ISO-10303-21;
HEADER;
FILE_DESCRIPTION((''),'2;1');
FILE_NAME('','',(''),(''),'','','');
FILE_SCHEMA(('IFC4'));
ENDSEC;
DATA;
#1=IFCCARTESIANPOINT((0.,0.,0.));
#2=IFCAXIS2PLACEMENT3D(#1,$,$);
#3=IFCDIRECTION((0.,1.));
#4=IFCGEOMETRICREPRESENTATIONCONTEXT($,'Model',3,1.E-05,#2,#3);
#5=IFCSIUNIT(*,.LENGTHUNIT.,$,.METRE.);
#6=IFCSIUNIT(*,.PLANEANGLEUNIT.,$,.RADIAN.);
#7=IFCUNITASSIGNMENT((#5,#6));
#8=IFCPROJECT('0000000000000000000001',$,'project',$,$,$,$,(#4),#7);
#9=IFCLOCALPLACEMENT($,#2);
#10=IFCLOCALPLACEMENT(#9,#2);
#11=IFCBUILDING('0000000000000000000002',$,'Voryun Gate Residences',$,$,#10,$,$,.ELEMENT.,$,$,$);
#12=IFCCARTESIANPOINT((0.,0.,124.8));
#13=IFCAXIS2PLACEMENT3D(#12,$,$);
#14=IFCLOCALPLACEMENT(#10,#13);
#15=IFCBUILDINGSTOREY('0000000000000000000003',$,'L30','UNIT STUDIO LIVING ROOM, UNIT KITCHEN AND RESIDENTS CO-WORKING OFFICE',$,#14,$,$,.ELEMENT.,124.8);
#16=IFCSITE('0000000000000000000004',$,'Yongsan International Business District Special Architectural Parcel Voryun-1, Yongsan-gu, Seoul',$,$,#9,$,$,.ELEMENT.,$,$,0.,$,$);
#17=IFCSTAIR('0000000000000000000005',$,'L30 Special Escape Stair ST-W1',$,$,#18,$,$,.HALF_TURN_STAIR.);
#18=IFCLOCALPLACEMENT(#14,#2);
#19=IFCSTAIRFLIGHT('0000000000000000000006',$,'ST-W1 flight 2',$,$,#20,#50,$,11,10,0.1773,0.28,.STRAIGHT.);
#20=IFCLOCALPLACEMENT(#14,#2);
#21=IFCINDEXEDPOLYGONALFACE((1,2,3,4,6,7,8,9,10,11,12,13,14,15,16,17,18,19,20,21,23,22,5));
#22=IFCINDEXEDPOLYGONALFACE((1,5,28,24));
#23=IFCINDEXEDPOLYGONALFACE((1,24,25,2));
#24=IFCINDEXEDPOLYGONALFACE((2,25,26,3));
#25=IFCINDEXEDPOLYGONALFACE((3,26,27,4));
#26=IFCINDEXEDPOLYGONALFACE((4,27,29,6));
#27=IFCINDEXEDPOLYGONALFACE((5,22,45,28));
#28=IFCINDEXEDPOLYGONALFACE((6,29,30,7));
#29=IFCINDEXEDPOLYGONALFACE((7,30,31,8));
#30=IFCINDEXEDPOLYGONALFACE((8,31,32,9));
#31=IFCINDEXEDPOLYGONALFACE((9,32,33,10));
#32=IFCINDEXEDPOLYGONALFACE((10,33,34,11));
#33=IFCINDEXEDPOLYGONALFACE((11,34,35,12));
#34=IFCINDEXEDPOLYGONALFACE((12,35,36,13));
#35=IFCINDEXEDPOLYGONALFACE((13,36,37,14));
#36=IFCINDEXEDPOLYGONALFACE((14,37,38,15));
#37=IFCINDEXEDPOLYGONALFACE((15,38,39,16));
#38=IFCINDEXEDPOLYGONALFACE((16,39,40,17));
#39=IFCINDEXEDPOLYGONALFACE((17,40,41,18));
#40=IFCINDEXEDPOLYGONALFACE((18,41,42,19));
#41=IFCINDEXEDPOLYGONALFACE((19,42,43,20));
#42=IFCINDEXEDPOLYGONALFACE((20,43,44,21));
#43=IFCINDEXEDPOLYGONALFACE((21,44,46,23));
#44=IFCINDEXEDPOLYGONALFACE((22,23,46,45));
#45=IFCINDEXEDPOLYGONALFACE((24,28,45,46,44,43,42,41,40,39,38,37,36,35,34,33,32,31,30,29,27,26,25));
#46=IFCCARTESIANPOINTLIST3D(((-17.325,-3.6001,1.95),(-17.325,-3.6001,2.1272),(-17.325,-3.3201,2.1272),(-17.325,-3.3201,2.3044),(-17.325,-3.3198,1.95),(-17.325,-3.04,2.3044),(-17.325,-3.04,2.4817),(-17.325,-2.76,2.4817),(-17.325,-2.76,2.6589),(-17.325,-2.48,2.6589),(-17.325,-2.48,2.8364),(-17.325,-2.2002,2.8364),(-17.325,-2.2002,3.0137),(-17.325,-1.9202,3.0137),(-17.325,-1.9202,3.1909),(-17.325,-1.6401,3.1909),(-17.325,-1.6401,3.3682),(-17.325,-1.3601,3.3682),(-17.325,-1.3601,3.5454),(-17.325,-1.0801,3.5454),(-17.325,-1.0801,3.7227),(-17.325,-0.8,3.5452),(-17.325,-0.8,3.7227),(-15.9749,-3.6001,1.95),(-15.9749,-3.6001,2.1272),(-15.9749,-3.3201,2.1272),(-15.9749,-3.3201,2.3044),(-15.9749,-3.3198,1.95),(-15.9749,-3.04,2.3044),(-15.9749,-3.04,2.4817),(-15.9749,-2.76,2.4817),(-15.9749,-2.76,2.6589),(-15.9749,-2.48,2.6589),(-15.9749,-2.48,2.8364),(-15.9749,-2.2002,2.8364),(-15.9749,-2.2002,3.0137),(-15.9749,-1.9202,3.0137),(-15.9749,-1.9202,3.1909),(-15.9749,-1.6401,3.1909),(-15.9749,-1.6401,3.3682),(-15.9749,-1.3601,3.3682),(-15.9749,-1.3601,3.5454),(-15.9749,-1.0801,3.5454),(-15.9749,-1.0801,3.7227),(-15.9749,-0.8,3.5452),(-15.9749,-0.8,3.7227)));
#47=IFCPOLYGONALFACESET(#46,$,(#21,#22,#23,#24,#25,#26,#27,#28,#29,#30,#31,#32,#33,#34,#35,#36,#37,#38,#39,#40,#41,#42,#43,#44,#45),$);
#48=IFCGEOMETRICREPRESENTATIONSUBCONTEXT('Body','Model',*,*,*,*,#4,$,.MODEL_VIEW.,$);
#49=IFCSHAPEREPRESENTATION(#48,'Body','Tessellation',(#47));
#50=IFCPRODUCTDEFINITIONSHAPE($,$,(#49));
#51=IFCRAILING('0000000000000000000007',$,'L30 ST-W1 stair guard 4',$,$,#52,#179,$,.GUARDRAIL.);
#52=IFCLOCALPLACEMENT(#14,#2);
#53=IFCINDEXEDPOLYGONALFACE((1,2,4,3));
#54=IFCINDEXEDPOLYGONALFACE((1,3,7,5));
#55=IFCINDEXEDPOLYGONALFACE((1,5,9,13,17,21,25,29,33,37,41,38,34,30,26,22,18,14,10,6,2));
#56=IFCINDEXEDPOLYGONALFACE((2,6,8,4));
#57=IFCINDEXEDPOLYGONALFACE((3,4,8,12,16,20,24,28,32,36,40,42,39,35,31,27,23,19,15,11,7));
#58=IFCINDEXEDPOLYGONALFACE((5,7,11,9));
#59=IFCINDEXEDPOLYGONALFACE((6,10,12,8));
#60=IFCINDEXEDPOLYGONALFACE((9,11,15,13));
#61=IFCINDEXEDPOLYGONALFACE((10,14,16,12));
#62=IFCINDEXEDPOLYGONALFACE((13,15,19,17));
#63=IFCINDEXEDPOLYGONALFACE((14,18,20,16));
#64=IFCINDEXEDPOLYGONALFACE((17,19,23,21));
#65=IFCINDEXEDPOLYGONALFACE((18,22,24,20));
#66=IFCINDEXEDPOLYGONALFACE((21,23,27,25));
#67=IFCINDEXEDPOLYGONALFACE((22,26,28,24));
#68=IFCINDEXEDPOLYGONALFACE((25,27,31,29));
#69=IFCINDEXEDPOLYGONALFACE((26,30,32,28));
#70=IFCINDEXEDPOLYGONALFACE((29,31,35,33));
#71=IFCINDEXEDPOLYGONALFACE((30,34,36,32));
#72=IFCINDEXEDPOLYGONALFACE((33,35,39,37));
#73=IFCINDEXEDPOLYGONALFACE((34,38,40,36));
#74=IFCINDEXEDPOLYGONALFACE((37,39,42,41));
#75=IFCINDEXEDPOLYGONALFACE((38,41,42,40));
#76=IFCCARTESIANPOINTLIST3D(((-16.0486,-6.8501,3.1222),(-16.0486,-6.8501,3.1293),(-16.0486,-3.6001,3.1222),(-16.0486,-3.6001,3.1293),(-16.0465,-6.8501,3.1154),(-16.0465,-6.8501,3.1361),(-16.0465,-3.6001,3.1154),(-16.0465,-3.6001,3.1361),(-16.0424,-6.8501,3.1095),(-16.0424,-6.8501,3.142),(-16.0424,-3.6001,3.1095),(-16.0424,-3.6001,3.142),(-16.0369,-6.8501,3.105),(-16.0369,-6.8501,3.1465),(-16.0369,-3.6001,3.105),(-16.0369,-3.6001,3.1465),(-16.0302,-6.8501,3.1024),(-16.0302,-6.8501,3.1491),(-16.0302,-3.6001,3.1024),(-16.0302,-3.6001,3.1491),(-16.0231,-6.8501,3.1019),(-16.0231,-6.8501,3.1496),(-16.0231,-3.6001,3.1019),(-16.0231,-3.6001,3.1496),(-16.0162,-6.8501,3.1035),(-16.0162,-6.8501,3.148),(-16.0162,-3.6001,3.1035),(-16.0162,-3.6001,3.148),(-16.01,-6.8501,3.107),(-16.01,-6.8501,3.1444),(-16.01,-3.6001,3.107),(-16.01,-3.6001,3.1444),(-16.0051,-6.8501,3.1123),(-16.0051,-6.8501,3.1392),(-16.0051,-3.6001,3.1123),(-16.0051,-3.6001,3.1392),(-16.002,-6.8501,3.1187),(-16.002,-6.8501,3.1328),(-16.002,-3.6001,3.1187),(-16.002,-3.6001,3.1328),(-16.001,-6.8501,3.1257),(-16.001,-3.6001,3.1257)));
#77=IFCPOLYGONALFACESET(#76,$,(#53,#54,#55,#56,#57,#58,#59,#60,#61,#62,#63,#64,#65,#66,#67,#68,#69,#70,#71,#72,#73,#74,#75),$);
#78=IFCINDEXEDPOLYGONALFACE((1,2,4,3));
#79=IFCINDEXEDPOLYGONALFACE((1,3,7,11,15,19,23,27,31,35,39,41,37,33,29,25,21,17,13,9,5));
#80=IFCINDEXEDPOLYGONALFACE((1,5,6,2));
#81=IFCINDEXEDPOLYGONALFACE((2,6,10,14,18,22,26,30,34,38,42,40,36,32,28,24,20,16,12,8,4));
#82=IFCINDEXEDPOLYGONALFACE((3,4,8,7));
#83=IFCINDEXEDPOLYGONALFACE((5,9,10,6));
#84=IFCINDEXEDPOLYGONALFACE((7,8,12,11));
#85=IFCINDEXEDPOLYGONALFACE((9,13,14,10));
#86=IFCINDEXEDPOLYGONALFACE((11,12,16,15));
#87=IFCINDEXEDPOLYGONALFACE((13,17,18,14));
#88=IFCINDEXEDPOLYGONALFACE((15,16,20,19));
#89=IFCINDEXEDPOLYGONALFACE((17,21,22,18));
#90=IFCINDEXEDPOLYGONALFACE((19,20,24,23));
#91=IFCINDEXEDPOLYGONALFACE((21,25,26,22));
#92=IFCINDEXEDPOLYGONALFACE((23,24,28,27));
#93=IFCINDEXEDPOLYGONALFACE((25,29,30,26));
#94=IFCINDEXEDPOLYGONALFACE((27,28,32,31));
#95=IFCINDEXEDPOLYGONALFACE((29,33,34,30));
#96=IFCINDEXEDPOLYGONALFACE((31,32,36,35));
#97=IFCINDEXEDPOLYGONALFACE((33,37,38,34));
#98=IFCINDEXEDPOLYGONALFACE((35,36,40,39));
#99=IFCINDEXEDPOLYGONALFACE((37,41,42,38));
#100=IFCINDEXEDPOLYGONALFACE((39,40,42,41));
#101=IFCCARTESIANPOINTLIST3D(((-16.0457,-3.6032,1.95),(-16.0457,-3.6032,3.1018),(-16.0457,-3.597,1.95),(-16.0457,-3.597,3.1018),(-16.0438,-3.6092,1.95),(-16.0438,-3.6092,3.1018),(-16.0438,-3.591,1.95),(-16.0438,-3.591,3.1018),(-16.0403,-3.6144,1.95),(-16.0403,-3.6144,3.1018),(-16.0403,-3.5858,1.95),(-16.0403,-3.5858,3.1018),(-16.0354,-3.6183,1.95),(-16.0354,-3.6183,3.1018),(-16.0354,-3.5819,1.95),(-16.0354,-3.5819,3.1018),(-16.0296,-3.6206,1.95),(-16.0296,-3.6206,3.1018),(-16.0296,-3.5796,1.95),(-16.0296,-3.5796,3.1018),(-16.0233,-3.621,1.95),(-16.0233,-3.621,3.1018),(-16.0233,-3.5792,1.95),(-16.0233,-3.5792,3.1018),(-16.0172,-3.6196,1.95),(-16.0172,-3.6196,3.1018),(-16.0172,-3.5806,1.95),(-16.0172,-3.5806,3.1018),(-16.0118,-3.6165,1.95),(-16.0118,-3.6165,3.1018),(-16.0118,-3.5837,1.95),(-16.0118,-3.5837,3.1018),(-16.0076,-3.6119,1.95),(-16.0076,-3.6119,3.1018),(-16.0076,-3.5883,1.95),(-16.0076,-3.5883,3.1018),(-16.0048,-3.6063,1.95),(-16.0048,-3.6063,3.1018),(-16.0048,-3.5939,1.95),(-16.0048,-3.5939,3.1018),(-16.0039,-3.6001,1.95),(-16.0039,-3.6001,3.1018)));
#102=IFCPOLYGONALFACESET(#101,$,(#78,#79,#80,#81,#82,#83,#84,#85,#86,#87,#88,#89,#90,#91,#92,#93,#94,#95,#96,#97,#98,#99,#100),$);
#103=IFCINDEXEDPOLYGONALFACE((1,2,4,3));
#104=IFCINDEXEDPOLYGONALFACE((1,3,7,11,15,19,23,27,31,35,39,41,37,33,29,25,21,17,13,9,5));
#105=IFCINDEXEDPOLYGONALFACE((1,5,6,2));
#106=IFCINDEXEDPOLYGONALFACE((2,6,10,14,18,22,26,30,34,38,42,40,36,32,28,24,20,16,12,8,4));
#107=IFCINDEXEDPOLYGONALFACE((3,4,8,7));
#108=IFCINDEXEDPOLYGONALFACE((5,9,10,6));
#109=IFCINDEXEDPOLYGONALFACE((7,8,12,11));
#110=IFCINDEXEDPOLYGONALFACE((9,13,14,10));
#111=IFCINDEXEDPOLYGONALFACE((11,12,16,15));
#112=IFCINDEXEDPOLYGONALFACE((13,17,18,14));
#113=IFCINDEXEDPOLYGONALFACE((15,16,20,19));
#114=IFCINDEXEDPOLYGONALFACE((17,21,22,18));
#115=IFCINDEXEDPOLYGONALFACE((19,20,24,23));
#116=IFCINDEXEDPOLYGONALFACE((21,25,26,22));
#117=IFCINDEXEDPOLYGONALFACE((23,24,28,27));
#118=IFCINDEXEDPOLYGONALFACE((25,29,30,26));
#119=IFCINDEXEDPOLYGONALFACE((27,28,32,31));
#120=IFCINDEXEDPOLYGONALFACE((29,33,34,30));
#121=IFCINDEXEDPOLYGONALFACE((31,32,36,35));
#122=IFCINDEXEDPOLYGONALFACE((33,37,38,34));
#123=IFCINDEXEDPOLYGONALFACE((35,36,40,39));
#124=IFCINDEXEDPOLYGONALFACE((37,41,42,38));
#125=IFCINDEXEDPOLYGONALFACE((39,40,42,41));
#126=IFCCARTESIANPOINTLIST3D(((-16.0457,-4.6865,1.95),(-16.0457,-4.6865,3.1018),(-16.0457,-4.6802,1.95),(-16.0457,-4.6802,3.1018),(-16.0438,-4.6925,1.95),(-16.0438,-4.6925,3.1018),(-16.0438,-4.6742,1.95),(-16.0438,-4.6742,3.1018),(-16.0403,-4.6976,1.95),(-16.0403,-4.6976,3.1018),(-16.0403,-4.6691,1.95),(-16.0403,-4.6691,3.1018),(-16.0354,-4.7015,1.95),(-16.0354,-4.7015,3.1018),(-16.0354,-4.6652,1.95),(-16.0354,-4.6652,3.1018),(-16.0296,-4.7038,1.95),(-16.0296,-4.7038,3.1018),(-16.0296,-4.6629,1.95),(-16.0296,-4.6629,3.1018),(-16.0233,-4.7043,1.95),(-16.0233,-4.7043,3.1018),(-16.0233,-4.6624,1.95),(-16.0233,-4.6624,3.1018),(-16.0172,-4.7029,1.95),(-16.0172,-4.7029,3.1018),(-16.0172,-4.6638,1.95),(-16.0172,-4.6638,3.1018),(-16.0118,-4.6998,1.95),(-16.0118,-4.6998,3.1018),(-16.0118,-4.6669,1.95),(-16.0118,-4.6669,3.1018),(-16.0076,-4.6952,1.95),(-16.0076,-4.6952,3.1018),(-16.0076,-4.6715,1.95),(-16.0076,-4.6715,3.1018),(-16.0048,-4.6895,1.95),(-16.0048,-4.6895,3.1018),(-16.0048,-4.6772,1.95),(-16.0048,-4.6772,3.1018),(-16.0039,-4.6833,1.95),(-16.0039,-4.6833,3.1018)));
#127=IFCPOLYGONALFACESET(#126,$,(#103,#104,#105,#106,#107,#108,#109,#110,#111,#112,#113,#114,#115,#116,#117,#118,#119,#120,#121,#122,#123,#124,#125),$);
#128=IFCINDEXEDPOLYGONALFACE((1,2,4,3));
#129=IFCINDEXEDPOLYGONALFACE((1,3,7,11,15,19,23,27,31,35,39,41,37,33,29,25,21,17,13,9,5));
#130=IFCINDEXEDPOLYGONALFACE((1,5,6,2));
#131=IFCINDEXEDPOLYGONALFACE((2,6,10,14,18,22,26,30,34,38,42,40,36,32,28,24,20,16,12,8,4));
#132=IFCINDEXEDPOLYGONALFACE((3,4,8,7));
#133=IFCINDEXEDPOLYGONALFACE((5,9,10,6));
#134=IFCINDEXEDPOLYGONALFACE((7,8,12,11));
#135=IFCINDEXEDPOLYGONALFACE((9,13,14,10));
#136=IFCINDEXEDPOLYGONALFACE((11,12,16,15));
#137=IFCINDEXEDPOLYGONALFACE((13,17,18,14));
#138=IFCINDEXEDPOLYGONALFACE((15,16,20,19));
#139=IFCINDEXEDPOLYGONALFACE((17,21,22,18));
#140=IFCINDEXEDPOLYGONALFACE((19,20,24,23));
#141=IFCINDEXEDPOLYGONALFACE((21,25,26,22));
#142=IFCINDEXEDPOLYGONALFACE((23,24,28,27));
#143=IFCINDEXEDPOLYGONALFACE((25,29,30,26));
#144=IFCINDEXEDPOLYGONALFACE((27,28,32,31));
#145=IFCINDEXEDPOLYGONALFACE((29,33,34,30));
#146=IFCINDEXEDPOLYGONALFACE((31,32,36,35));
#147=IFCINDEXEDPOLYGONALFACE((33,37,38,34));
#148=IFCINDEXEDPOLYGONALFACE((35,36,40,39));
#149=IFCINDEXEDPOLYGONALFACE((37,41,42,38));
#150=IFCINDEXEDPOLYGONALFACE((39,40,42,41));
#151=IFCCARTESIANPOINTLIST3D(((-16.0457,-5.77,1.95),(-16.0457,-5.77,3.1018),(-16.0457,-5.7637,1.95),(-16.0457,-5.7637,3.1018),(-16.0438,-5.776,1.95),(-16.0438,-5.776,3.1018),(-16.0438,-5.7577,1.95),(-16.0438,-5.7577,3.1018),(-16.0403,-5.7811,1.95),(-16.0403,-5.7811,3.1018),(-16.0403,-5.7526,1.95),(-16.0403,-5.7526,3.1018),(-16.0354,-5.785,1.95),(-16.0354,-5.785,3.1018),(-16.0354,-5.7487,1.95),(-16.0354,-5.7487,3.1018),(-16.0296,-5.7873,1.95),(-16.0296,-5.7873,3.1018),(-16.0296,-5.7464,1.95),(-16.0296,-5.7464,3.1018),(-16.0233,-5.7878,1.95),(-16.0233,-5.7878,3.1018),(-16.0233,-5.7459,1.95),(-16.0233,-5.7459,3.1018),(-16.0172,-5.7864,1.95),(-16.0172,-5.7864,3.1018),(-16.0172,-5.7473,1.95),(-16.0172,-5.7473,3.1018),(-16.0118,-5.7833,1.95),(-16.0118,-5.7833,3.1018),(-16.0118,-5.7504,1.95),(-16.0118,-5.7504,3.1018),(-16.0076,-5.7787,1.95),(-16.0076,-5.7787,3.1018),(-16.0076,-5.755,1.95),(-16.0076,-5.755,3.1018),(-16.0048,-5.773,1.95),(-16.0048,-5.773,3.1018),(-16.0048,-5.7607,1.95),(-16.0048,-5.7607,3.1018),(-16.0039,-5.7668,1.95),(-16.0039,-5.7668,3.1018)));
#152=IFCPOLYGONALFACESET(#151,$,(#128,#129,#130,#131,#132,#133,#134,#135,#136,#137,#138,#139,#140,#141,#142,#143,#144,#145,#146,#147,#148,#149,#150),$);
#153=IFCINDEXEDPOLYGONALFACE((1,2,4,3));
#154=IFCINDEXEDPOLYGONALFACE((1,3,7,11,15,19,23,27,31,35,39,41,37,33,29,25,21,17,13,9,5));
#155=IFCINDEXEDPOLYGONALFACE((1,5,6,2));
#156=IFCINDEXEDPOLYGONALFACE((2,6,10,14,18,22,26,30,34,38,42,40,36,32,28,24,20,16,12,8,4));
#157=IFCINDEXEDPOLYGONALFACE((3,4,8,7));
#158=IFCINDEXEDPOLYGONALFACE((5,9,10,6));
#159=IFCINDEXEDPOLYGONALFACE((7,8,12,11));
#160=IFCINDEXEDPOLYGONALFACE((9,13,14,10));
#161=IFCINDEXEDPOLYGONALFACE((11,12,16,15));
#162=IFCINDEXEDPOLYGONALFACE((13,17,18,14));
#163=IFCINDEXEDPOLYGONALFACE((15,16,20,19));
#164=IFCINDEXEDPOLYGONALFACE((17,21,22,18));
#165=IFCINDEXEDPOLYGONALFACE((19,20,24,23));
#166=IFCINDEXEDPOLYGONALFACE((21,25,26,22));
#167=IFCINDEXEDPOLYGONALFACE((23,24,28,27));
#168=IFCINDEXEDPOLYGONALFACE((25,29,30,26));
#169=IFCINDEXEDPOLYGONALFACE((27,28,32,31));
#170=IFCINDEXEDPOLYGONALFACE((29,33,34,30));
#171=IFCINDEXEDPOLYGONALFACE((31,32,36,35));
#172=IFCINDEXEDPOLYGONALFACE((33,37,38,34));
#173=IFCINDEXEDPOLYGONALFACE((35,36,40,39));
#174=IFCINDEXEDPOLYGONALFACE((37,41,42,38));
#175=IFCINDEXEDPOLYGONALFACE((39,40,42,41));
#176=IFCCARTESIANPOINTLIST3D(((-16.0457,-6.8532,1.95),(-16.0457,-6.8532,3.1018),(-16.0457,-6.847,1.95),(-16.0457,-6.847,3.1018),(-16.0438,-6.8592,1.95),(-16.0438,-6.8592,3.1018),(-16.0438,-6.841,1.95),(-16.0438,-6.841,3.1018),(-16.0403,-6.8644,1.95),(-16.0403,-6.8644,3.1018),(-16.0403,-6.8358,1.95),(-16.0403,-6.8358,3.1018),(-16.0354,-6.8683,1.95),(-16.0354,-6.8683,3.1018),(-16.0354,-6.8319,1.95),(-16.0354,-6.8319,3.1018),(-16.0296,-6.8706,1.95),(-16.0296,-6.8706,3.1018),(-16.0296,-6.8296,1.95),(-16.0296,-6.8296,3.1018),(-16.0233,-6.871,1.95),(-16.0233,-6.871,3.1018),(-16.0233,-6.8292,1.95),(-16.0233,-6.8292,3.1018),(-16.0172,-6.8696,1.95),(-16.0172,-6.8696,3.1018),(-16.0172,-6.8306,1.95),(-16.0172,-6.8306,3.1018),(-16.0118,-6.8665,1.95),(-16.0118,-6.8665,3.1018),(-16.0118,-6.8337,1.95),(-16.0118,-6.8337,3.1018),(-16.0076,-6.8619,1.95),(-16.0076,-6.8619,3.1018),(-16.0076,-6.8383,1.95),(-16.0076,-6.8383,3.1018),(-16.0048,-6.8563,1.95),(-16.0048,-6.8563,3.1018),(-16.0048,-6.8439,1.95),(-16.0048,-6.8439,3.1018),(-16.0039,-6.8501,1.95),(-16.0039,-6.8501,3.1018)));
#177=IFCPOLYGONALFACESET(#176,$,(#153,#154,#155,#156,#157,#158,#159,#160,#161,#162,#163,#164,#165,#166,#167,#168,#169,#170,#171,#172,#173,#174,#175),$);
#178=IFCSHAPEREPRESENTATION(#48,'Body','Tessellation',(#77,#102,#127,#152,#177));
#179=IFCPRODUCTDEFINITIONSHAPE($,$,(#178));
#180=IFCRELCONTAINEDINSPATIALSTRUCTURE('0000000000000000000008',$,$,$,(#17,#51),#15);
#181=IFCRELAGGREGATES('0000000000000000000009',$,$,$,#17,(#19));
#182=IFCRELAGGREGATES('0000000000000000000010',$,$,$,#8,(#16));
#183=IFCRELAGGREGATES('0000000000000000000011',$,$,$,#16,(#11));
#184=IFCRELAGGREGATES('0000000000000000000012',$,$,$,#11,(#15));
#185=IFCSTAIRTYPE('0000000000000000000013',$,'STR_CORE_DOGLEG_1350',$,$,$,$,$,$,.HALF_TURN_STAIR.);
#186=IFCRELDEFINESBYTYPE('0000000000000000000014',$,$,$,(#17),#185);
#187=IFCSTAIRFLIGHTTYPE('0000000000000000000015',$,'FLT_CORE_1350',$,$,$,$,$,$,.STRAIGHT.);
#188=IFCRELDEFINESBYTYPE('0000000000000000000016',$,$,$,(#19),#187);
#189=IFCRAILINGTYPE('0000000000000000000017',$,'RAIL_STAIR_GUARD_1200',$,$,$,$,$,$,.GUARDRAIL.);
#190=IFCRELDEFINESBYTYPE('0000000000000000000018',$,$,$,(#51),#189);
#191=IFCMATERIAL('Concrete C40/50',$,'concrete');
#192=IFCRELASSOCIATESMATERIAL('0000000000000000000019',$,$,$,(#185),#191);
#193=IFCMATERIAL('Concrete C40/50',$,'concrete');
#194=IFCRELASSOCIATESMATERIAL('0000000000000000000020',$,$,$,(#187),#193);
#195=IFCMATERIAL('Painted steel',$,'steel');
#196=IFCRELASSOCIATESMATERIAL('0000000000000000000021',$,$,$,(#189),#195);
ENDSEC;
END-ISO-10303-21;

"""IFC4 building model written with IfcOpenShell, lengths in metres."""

from ifc_helpers import new_model, si_unit, direction, frame, origin, origin_2d, place, context, subcontext, project, spatial, polyline, circle, outline, extrude, material, type_object, element, aggregate, save


model = new_model("IFC4")

# Units and contexts
model_context = context("Model", 3, precision=1e-05, world=origin(), true_north=direction((0.0, 1.0)))
body_context = subcontext(model_context, "Body", "Model", "MODEL_VIEW")
ifc_project = project(units=[si_unit("LENGTHUNIT", "METRE"), si_unit("PLANEANGLEUNIT", "RADIAN")], contexts=[model_context])

# Site, building, storey
site_placement = place(None, origin())
site = spatial("IfcSite", under=ifc_project, at=site_placement, Name="Yongsan International Business District Special Architectural Parcel Voryun-1, Yongsan-gu, Seoul", CompositionType="ELEMENT", RefElevation=0.0)
building_placement = place(site_placement, origin())
building = spatial("IfcBuilding", under=site, at=building_placement, Name="Voryun Gate Residences", CompositionType="ELEMENT")
storey_placement = place(building_placement, frame((0.0, 0.0, 124.8)))
storey = spatial("IfcBuildingStorey", under=building, at=storey_placement, Name="L30", Description="UNIT STUDIO LIVING ROOM, UNIT KITCHEN AND RESIDENTS CO-WORKING OFFICE", CompositionType="ELEMENT", Elevation=124.8)

# Stair, stair flight
ifc_material_1 = material(Name="Concrete C40/50", Category="concrete")
stair_type = type_object("IfcStairType", Name="STR_CORE_DOGLEG_1350", PredefinedType="HALF_TURN_STAIR", material=ifc_material_1)
stair_placement = place(storey_placement, origin())
stair = element("IfcStair", 1, at=stair_placement, inside=storey, type_object=stair_type, Name="L30 Special Escape Stair ST-W1", PredefinedType="HALF_TURN_STAIR")
ifc_material_2 = material(Name="Concrete C40/50", Category="concrete")
stair_flight_type = type_object("IfcStairFlightType", Name="FLT_CORE_1350", PredefinedType="STRAIGHT", material=ifc_material_2)
stair_flight_placement = place(storey_placement, frame((-16.6499, -3.6001, 1.95), z_axis=(0.0, 0.0, 1.0), x_axis=(0.0, 1.0, 0.0)))
stair_flight = element("IfcStairFlight", 2, at=stair_flight_placement, type_object=stair_flight_type, Name="ST-W1 flight 2", NumberOfRisers=11, NumberOfTreads=10, PredefinedType="STRAIGHT", RiserHeight=0.1773, TreadLength=0.28, context=body_context, shape_type="SweptSolid", body=[
    extrude(outline(polyline([(0.0, 0.0), (0.0, 0.1772), (0.28, 0.1772), (0.28, 0.3545), (0.5601, 0.3545), (0.5601, 0.5317), (0.8401, 0.5317), (0.8401, 0.709), (1.1201, 0.709), (1.1201, 0.8865), (1.3999, 0.8865), (1.3999, 1.0637), (1.6799, 1.0637), (1.6799, 1.241), (1.96, 1.241), (1.96, 1.4182), (2.24, 1.4182), (2.24, 1.5955), (2.52, 1.5955), (2.52, 1.7727), (2.8, 1.7727), (2.8, 1.95), (2.8, 1.5952), (0.2803, 0.0), (0.0, 0.0)])), frame((0.0, 0.675, 0.0), z_axis=(0.0, -1.0, 0.0), x_axis=(1.0, 0.0, 0.0)), (0.0, 0.0, 1.0), 1.3501),
])
aggregate(stair, [stair_flight])

# Railing
ifc_material_3 = material(Name="Painted steel", Category="steel")
railing_type_1 = type_object("IfcRailingType", Name="RAIL_STAIR_GUARD_1200", PredefinedType="GUARDRAIL", material=ifc_material_3)
railing_1_placement = place(storey_placement, frame((-16.0249, -3.6001, 1.95)))
element("IfcRailing", 3, at=railing_1_placement, inside=storey, type_object=railing_type_1, Name="L30 ST-W1 stair guard 4", PredefinedType="GUARDRAIL", context=body_context, shape_type="SweptSolid", body=[
    extrude(circle(Radius=0.0239, at=origin_2d()), frame((0.0, 0.0, 1.1758), z_axis=(0.0, -1.0, 0.0), x_axis=(1.0, 0.0, 0.0)), (0.0, 0.0, 1.0), 3.25),
    extrude(circle(Radius=0.021, at=origin_2d()), origin(), (0.0, 0.0, 1.0), 1.1519),
    extrude(circle(Radius=0.021, at=origin_2d()), frame((0.0, -1.0833, 0.0)), (0.0, 0.0, 1.0), 1.1519),
    extrude(circle(Radius=0.021, at=origin_2d()), frame((0.0, -2.1667, 0.0)), (0.0, 0.0, 1.0), 1.1519),
    extrude(circle(Radius=0.021, at=origin_2d()), frame((0.0, -3.25, 0.0)), (0.0, 0.0, 1.0), 1.1519),
])

save(model, "model.ifc")
